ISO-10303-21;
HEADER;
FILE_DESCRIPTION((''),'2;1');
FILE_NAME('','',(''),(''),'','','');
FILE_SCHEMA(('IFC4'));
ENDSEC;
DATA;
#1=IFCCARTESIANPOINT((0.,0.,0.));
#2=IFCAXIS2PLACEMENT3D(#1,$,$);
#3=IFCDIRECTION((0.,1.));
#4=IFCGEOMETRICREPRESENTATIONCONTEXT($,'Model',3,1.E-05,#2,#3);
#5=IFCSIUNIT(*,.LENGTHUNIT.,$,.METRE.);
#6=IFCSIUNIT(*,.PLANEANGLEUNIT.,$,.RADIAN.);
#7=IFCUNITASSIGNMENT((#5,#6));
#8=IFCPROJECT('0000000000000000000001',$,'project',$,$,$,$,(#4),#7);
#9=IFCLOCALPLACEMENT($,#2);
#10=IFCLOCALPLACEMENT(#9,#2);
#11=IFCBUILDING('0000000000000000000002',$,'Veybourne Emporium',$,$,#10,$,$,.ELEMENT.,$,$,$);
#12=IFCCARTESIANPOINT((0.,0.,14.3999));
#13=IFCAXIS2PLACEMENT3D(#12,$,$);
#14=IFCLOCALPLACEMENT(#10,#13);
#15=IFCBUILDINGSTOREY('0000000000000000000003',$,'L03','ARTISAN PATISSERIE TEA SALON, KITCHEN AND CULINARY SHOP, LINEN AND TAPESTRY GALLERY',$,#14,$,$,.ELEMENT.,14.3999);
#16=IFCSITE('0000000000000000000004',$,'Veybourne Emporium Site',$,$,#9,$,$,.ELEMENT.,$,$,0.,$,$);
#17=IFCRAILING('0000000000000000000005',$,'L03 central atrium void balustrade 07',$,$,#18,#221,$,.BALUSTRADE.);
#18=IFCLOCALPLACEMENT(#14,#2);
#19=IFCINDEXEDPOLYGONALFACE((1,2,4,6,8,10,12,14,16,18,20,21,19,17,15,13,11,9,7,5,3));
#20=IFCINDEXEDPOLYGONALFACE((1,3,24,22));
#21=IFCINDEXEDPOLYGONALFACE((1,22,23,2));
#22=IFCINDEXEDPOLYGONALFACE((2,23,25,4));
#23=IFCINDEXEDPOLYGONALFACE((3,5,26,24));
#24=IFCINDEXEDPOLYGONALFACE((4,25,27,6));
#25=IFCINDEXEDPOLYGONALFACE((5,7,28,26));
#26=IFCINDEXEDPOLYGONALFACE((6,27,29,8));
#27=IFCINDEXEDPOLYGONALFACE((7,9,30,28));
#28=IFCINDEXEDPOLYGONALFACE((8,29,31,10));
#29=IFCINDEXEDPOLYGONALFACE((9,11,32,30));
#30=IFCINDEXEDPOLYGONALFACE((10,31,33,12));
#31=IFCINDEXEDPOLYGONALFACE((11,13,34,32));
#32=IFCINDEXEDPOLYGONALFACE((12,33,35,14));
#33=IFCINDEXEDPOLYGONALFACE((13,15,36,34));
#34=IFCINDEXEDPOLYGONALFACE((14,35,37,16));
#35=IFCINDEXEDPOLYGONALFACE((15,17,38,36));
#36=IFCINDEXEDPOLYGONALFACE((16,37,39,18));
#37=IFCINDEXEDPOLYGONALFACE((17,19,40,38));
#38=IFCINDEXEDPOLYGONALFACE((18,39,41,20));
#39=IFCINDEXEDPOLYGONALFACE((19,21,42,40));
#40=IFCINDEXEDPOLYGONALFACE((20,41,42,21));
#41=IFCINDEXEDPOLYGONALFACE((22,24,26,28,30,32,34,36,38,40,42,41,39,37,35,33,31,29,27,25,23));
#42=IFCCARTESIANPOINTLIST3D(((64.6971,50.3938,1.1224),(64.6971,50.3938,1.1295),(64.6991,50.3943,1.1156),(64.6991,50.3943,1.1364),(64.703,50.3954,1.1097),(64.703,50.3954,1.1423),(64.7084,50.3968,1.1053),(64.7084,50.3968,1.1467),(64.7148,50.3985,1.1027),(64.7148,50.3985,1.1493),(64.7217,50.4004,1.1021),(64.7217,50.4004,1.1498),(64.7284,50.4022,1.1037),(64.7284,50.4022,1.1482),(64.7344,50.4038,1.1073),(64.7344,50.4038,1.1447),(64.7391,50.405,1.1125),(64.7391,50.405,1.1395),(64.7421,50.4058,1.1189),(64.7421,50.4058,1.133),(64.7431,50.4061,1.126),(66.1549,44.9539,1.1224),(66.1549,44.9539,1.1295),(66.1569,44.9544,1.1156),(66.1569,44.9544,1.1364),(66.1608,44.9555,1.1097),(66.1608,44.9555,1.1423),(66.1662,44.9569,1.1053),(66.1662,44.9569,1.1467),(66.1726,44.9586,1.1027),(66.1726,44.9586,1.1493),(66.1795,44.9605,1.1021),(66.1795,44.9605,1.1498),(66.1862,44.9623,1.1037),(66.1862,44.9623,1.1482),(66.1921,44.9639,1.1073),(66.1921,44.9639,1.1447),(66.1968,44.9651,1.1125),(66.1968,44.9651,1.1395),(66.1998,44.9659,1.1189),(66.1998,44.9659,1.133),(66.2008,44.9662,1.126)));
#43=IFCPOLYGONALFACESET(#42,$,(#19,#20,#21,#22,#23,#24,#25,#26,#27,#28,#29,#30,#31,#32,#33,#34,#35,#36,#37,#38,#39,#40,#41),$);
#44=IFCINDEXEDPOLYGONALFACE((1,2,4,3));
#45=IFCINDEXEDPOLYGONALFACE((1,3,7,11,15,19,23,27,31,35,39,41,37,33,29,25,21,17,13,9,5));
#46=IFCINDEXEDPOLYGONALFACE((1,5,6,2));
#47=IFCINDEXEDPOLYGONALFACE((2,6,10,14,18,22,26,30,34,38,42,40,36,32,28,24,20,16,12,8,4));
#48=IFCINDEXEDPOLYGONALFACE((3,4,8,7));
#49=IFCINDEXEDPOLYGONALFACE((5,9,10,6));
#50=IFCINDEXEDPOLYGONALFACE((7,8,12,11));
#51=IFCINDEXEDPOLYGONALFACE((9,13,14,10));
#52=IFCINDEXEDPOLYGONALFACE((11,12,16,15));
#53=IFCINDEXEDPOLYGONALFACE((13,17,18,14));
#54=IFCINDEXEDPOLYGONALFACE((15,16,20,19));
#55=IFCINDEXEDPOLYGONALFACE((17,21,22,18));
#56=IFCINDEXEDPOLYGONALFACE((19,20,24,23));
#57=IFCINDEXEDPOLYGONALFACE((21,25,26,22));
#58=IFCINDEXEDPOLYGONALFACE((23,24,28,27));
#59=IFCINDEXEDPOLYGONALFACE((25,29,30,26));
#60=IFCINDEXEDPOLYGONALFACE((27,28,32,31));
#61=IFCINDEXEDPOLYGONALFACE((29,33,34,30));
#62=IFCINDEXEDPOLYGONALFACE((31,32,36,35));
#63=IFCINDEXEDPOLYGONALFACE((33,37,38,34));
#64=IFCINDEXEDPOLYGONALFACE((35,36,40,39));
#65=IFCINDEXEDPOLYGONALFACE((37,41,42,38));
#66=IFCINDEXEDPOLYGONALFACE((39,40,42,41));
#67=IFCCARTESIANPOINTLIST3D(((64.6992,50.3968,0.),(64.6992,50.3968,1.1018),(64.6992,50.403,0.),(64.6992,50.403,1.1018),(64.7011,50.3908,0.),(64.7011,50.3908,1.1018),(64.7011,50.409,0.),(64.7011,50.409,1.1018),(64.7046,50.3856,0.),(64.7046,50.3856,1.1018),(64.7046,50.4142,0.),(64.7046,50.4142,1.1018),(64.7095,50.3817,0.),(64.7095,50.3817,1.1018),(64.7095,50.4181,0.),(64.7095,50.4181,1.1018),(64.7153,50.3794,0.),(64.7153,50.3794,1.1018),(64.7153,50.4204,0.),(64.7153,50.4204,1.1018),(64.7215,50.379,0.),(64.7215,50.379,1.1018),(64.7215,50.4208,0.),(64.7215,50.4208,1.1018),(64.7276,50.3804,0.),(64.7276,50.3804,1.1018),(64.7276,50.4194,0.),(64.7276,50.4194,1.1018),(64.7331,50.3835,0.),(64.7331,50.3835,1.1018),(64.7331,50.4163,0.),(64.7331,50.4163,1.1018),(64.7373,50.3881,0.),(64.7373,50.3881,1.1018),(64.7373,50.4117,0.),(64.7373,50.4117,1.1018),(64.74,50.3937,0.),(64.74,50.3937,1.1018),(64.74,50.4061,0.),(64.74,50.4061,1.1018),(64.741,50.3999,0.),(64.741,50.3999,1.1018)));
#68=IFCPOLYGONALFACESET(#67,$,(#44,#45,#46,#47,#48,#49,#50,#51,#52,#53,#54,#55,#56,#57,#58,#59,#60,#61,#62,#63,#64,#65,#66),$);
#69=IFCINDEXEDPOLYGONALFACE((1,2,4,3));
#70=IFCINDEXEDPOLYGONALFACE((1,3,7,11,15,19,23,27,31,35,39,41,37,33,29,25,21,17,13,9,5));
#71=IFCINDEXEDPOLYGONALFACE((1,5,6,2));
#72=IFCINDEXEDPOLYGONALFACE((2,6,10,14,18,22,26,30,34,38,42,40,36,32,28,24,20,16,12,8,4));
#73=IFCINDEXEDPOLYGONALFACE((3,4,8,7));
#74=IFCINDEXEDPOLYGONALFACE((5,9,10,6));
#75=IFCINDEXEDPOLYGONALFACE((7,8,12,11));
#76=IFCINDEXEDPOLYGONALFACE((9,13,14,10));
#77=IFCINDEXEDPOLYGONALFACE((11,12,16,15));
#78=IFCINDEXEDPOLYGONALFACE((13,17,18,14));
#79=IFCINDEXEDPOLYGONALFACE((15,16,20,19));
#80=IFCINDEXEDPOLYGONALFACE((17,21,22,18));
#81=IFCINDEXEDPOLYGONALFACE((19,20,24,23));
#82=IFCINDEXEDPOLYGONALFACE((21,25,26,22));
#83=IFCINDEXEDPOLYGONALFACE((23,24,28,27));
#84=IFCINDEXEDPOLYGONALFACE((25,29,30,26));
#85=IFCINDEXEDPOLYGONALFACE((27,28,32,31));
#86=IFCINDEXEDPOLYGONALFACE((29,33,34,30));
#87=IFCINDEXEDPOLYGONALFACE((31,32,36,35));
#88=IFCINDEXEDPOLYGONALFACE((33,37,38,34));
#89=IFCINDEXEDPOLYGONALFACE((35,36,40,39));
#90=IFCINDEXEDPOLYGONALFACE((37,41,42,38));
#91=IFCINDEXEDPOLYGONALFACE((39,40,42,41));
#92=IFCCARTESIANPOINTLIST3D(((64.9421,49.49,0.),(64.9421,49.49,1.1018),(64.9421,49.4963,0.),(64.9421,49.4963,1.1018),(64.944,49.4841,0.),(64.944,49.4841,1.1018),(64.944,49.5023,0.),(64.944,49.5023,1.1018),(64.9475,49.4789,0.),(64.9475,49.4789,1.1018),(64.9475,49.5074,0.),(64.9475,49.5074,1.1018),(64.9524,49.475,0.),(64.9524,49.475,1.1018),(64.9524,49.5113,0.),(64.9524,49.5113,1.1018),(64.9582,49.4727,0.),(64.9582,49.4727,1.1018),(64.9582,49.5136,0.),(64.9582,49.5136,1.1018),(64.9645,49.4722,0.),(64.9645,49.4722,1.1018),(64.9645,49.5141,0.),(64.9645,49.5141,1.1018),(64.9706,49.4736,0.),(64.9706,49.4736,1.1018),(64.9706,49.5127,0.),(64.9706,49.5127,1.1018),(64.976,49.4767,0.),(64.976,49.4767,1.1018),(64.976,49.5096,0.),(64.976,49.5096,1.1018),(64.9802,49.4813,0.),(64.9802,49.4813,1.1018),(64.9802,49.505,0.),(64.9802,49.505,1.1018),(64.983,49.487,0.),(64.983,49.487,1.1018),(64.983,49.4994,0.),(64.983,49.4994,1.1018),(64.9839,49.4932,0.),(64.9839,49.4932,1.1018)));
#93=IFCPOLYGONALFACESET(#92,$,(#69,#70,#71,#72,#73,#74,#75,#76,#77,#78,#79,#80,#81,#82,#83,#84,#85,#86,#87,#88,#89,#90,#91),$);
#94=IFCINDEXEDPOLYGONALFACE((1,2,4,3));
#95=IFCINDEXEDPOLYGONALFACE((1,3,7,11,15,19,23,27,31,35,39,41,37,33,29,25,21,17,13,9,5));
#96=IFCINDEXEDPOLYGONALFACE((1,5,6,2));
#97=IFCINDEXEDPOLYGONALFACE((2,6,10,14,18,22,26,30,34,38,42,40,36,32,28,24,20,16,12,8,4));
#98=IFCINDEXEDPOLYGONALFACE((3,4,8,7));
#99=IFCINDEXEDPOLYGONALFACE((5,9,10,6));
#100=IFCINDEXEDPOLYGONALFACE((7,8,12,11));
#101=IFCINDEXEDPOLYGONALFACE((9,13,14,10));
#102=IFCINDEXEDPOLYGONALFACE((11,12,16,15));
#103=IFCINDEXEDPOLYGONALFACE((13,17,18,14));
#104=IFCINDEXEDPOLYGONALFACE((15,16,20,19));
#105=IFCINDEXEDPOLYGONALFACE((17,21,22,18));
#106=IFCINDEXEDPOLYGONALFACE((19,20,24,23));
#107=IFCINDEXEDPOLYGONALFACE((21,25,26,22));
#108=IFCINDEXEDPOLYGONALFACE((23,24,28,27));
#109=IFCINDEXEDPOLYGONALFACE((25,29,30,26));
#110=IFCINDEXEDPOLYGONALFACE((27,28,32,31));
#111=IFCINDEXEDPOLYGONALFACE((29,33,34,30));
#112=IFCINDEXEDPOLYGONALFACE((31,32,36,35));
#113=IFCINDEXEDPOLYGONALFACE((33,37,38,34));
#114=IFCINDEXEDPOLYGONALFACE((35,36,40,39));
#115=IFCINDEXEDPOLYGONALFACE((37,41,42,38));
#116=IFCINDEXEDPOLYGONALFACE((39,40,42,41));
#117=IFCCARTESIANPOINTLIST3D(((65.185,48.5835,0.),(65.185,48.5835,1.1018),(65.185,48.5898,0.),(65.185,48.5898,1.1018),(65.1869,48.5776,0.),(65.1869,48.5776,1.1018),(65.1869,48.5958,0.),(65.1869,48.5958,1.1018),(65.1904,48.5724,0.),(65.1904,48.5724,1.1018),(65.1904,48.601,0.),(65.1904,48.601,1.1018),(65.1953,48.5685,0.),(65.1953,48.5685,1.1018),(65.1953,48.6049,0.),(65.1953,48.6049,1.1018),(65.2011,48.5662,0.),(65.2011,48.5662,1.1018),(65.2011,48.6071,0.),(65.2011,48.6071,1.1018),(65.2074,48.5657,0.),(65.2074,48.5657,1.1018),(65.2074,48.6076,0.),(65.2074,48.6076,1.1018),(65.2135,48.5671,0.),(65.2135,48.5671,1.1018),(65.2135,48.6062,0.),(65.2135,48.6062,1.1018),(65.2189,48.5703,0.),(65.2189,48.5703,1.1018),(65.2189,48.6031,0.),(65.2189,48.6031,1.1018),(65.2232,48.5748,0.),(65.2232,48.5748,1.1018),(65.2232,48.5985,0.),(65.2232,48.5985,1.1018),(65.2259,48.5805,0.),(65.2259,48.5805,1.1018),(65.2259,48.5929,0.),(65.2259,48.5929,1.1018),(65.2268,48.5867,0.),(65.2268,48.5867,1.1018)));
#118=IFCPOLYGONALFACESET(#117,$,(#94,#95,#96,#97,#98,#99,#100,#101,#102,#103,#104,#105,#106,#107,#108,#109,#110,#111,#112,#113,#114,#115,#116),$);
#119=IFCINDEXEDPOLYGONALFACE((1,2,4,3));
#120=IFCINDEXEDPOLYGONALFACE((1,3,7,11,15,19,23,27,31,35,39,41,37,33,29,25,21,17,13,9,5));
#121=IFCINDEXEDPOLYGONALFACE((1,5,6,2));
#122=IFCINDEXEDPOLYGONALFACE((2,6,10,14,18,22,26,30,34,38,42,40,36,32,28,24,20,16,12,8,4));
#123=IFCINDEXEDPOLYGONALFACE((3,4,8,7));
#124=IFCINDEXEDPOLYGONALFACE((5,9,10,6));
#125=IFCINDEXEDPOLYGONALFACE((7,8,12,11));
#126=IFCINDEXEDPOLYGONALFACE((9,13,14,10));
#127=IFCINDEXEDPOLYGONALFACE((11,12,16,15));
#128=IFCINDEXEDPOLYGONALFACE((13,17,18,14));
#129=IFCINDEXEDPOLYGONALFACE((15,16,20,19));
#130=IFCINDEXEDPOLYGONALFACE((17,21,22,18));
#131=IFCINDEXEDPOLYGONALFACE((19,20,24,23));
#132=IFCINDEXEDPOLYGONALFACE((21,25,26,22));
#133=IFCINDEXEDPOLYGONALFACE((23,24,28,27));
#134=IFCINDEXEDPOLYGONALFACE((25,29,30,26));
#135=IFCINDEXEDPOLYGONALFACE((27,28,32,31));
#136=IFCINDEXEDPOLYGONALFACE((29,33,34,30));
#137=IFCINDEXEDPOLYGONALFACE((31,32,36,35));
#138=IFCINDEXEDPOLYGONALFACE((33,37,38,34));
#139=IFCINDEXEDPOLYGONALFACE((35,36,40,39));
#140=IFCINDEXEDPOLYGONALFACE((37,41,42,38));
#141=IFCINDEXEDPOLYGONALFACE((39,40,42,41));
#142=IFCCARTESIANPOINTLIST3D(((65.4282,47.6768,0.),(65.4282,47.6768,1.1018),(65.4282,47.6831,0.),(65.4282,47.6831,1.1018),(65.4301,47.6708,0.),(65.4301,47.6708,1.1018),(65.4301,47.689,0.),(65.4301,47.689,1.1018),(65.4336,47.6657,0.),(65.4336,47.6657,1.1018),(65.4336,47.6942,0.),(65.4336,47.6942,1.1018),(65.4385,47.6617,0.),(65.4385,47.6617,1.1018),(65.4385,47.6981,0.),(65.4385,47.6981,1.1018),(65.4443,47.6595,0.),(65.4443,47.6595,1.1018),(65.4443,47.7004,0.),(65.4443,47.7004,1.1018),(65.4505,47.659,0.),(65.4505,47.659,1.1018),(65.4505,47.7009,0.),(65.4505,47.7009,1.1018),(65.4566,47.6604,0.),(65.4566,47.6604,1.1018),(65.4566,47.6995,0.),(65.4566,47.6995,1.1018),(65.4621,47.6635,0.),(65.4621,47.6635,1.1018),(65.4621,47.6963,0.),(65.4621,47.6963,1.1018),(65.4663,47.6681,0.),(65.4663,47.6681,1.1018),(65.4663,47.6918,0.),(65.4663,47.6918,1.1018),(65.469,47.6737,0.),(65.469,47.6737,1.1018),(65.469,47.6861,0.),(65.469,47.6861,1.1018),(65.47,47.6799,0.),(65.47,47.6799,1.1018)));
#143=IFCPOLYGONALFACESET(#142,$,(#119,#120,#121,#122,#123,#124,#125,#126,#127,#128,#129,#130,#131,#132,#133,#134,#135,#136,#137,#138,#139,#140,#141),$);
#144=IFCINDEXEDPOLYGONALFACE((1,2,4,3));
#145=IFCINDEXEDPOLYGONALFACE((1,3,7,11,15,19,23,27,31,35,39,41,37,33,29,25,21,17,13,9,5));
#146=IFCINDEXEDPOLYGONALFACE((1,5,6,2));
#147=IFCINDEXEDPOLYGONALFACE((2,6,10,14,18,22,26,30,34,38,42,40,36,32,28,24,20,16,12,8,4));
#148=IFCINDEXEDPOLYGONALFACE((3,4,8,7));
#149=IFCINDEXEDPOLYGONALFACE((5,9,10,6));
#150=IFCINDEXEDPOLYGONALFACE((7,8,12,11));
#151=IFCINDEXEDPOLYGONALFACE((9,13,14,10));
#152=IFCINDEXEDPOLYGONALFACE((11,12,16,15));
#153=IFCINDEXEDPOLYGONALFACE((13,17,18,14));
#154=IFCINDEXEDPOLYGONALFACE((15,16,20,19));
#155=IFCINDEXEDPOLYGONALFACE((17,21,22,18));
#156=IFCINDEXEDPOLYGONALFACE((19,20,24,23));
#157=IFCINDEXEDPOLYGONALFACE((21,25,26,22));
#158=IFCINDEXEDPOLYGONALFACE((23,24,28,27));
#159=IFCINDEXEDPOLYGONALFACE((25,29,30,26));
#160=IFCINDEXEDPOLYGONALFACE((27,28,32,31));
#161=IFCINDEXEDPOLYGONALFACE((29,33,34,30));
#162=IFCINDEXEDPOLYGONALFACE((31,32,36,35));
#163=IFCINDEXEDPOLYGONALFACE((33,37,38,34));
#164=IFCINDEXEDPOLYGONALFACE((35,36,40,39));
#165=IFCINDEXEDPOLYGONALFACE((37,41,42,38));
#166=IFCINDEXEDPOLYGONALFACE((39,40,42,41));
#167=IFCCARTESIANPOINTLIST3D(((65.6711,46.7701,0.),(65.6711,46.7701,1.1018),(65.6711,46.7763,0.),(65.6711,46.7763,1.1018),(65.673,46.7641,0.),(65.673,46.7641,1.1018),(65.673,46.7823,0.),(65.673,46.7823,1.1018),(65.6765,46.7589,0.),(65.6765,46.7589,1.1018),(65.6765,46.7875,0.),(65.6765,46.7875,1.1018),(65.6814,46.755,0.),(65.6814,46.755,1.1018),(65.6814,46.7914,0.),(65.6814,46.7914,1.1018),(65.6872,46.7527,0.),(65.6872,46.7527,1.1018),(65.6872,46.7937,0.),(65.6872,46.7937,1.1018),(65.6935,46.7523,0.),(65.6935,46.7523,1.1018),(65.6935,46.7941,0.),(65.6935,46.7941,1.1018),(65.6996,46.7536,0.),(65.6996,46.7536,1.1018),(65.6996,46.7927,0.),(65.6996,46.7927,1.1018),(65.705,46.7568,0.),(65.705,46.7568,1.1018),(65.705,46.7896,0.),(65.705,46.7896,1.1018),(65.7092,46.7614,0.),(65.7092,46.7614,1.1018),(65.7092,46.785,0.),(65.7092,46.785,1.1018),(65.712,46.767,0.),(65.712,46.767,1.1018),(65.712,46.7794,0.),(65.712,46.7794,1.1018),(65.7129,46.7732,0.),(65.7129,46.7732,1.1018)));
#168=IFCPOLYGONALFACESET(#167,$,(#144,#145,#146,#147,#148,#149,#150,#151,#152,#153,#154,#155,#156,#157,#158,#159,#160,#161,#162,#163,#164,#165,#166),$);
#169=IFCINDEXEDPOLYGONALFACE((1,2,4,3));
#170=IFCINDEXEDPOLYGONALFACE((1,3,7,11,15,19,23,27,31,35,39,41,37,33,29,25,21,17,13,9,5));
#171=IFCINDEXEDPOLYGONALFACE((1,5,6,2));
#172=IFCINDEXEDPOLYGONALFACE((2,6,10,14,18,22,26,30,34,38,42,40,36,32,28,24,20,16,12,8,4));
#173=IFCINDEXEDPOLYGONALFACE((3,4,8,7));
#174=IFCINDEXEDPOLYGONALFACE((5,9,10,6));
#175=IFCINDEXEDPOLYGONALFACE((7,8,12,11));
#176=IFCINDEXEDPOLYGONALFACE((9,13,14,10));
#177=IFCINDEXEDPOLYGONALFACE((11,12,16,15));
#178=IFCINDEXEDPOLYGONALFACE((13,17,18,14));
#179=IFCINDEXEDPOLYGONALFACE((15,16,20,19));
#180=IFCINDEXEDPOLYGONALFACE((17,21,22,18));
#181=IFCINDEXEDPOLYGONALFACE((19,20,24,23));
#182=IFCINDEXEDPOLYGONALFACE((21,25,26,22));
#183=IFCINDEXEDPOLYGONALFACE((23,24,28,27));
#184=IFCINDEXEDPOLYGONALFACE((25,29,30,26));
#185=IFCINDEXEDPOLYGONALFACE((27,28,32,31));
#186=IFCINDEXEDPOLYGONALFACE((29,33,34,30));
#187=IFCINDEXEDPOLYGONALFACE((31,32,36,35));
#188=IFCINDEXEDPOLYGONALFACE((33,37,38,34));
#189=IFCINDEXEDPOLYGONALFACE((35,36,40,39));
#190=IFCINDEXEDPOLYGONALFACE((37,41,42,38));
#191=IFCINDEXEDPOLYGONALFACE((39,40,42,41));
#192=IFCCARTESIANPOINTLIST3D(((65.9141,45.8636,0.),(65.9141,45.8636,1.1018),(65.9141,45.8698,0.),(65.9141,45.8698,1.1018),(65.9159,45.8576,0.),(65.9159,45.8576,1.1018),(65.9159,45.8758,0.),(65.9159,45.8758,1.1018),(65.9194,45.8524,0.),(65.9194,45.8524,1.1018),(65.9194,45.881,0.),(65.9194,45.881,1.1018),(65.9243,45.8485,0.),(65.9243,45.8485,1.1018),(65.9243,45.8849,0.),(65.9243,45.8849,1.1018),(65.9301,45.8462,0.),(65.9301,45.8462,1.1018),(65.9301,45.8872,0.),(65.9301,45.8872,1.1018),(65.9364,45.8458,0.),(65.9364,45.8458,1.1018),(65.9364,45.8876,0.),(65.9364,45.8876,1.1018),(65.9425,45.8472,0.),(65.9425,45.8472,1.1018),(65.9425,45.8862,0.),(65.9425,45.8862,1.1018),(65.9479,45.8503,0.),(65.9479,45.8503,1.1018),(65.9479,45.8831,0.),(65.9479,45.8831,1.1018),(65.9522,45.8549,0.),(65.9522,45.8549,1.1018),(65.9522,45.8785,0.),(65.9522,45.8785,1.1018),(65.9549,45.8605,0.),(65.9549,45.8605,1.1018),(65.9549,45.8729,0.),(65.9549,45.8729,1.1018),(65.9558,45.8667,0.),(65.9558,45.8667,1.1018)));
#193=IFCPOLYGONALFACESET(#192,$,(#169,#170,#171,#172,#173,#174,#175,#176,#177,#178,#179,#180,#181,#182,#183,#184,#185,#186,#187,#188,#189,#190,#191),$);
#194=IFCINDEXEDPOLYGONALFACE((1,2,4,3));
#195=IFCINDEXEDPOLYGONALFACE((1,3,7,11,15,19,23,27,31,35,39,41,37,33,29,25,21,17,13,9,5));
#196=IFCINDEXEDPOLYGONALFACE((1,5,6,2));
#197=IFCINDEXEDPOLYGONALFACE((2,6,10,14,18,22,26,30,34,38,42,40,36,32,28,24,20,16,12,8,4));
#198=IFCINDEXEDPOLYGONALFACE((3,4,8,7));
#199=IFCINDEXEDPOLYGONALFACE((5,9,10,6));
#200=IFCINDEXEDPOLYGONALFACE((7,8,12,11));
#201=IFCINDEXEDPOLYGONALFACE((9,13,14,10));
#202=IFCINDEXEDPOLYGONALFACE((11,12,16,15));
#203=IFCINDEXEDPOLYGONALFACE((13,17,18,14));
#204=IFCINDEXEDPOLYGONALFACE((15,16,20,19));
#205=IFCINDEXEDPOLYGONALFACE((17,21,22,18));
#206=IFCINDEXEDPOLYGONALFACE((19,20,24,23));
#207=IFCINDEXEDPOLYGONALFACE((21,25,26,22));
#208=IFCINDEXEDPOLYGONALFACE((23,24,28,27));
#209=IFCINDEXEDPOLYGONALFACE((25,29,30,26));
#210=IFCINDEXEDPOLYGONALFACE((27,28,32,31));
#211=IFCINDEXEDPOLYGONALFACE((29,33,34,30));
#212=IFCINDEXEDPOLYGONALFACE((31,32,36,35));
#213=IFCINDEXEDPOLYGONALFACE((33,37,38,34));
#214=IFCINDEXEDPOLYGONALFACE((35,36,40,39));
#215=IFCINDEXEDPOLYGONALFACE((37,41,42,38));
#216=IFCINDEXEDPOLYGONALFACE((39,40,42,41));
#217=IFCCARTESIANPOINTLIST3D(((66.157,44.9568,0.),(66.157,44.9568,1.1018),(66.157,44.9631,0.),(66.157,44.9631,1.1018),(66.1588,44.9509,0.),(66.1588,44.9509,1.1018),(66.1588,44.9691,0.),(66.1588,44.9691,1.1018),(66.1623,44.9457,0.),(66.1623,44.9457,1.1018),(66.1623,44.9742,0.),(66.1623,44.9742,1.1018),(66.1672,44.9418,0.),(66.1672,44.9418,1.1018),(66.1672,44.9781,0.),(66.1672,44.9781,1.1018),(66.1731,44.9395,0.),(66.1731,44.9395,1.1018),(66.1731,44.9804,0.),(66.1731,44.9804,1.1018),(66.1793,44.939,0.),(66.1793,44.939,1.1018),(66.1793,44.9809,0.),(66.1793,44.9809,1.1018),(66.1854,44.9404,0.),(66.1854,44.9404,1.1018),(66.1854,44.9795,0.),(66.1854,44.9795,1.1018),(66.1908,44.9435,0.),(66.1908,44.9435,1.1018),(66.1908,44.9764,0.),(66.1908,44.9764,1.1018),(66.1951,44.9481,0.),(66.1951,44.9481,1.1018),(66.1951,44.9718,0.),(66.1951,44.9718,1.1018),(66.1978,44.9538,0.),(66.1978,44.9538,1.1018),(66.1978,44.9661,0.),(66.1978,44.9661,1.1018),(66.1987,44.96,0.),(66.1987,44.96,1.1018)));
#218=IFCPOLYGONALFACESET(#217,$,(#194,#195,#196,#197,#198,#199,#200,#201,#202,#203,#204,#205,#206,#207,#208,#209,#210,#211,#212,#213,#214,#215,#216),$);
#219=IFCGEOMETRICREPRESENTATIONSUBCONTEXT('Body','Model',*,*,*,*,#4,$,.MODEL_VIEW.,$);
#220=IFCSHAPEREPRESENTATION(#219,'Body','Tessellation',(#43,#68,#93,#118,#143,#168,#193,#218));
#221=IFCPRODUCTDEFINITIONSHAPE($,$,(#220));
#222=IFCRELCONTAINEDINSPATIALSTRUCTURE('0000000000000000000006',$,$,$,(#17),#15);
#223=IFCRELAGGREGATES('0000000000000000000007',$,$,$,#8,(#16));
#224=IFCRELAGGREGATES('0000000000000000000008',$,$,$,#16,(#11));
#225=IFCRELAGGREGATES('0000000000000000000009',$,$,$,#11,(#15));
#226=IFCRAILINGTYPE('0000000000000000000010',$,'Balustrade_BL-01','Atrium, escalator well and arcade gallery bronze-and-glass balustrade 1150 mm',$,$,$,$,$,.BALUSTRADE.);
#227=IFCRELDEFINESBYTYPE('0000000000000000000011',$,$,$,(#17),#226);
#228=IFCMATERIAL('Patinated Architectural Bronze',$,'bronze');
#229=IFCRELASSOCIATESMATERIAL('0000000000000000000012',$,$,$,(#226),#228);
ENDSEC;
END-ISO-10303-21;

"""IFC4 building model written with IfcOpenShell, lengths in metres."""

from ifc_helpers import new_model, si_unit, direction, frame, origin, origin_2d, place, context, subcontext, project, spatial, circle, extrude, material, type_object, element, save


model = new_model("IFC4")

# Units and contexts
model_context = context("Model", 3, precision=1e-05, world=origin(), true_north=direction((0.0, 1.0)))
body_context = subcontext(model_context, "Body", "Model", "MODEL_VIEW")
ifc_project = project(units=[si_unit("LENGTHUNIT", "METRE"), si_unit("PLANEANGLEUNIT", "RADIAN")], contexts=[model_context])

# Site, building, storey
site_placement = place(None, origin())
site = spatial("IfcSite", under=ifc_project, at=site_placement, Name="Veybourne Emporium Site", CompositionType="ELEMENT", RefElevation=0.0)
building_placement = place(site_placement, origin())
building = spatial("IfcBuilding", under=site, at=building_placement, Name="Veybourne Emporium", CompositionType="ELEMENT")
storey_placement = place(building_placement, frame((0.0, 0.0, 14.3999)))
storey = spatial("IfcBuildingStorey", under=building, at=storey_placement, Name="L03", Description="ARTISAN PATISSERIE TEA SALON, KITCHEN AND CULINARY SHOP, LINEN AND TAPESTRY GALLERY", CompositionType="ELEMENT", Elevation=14.3999)

# Railing
ifc_material_1 = material(Name="Patinated Architectural Bronze", Category="bronze")
railing_type = type_object("IfcRailingType", Name="Balustrade_BL-01", Description="Atrium, escalator well and arcade gallery bronze-and-glass balustrade 1150 mm", PredefinedType="BALUSTRADE", material=ifc_material_1)
railing_1_placement = place(storey_placement, frame((64.72, 50.3999, 0.0)))
element("IfcRailing", 1, at=railing_1_placement, inside=storey, type_object=railing_type, Name="L03 central atrium void balustrade 07", PredefinedType="BALUSTRADE", context=body_context, shape_type="SweptSolid", body=[
    extrude(circle(Radius=0.0239, at=origin_2d()), frame((0.0, 0.0, 1.126), z_axis=(0.258842, -0.96592, 0.0), x_axis=(0.96592, 0.258842, 0.0)), (0.0, 0.0, 1.0), 5.6318),
    extrude(circle(Radius=0.021, at=origin_2d()), origin(), (0.0, 0.0, 1.0), 1.1018),
    extrude(circle(Radius=0.021, at=origin_2d()), frame((0.2429, -0.9067, 0.0)), (0.0, 0.0, 1.0), 1.1018),
    extrude(circle(Radius=0.021, at=origin_2d()), frame((0.4858, -1.8132, 0.0)), (0.0, 0.0, 1.0), 1.1018),
    extrude(circle(Radius=0.021, at=origin_2d()), frame((0.729, -2.72, 0.0)), (0.0, 0.0, 1.0), 1.1018),
    extrude(circle(Radius=0.021, at=origin_2d()), frame((0.9719, -3.6267, 0.0)), (0.0, 0.0, 1.0), 1.1018),
    extrude(circle(Radius=0.021, at=origin_2d()), frame((1.2148, -4.5332, 0.0)), (0.0, 0.0, 1.0), 1.1018),
    extrude(circle(Radius=0.021, at=origin_2d()), frame((1.4578, -5.4399, 0.0)), (0.0, 0.0, 1.0), 1.1018),
])

save(model, "model.ifc")
